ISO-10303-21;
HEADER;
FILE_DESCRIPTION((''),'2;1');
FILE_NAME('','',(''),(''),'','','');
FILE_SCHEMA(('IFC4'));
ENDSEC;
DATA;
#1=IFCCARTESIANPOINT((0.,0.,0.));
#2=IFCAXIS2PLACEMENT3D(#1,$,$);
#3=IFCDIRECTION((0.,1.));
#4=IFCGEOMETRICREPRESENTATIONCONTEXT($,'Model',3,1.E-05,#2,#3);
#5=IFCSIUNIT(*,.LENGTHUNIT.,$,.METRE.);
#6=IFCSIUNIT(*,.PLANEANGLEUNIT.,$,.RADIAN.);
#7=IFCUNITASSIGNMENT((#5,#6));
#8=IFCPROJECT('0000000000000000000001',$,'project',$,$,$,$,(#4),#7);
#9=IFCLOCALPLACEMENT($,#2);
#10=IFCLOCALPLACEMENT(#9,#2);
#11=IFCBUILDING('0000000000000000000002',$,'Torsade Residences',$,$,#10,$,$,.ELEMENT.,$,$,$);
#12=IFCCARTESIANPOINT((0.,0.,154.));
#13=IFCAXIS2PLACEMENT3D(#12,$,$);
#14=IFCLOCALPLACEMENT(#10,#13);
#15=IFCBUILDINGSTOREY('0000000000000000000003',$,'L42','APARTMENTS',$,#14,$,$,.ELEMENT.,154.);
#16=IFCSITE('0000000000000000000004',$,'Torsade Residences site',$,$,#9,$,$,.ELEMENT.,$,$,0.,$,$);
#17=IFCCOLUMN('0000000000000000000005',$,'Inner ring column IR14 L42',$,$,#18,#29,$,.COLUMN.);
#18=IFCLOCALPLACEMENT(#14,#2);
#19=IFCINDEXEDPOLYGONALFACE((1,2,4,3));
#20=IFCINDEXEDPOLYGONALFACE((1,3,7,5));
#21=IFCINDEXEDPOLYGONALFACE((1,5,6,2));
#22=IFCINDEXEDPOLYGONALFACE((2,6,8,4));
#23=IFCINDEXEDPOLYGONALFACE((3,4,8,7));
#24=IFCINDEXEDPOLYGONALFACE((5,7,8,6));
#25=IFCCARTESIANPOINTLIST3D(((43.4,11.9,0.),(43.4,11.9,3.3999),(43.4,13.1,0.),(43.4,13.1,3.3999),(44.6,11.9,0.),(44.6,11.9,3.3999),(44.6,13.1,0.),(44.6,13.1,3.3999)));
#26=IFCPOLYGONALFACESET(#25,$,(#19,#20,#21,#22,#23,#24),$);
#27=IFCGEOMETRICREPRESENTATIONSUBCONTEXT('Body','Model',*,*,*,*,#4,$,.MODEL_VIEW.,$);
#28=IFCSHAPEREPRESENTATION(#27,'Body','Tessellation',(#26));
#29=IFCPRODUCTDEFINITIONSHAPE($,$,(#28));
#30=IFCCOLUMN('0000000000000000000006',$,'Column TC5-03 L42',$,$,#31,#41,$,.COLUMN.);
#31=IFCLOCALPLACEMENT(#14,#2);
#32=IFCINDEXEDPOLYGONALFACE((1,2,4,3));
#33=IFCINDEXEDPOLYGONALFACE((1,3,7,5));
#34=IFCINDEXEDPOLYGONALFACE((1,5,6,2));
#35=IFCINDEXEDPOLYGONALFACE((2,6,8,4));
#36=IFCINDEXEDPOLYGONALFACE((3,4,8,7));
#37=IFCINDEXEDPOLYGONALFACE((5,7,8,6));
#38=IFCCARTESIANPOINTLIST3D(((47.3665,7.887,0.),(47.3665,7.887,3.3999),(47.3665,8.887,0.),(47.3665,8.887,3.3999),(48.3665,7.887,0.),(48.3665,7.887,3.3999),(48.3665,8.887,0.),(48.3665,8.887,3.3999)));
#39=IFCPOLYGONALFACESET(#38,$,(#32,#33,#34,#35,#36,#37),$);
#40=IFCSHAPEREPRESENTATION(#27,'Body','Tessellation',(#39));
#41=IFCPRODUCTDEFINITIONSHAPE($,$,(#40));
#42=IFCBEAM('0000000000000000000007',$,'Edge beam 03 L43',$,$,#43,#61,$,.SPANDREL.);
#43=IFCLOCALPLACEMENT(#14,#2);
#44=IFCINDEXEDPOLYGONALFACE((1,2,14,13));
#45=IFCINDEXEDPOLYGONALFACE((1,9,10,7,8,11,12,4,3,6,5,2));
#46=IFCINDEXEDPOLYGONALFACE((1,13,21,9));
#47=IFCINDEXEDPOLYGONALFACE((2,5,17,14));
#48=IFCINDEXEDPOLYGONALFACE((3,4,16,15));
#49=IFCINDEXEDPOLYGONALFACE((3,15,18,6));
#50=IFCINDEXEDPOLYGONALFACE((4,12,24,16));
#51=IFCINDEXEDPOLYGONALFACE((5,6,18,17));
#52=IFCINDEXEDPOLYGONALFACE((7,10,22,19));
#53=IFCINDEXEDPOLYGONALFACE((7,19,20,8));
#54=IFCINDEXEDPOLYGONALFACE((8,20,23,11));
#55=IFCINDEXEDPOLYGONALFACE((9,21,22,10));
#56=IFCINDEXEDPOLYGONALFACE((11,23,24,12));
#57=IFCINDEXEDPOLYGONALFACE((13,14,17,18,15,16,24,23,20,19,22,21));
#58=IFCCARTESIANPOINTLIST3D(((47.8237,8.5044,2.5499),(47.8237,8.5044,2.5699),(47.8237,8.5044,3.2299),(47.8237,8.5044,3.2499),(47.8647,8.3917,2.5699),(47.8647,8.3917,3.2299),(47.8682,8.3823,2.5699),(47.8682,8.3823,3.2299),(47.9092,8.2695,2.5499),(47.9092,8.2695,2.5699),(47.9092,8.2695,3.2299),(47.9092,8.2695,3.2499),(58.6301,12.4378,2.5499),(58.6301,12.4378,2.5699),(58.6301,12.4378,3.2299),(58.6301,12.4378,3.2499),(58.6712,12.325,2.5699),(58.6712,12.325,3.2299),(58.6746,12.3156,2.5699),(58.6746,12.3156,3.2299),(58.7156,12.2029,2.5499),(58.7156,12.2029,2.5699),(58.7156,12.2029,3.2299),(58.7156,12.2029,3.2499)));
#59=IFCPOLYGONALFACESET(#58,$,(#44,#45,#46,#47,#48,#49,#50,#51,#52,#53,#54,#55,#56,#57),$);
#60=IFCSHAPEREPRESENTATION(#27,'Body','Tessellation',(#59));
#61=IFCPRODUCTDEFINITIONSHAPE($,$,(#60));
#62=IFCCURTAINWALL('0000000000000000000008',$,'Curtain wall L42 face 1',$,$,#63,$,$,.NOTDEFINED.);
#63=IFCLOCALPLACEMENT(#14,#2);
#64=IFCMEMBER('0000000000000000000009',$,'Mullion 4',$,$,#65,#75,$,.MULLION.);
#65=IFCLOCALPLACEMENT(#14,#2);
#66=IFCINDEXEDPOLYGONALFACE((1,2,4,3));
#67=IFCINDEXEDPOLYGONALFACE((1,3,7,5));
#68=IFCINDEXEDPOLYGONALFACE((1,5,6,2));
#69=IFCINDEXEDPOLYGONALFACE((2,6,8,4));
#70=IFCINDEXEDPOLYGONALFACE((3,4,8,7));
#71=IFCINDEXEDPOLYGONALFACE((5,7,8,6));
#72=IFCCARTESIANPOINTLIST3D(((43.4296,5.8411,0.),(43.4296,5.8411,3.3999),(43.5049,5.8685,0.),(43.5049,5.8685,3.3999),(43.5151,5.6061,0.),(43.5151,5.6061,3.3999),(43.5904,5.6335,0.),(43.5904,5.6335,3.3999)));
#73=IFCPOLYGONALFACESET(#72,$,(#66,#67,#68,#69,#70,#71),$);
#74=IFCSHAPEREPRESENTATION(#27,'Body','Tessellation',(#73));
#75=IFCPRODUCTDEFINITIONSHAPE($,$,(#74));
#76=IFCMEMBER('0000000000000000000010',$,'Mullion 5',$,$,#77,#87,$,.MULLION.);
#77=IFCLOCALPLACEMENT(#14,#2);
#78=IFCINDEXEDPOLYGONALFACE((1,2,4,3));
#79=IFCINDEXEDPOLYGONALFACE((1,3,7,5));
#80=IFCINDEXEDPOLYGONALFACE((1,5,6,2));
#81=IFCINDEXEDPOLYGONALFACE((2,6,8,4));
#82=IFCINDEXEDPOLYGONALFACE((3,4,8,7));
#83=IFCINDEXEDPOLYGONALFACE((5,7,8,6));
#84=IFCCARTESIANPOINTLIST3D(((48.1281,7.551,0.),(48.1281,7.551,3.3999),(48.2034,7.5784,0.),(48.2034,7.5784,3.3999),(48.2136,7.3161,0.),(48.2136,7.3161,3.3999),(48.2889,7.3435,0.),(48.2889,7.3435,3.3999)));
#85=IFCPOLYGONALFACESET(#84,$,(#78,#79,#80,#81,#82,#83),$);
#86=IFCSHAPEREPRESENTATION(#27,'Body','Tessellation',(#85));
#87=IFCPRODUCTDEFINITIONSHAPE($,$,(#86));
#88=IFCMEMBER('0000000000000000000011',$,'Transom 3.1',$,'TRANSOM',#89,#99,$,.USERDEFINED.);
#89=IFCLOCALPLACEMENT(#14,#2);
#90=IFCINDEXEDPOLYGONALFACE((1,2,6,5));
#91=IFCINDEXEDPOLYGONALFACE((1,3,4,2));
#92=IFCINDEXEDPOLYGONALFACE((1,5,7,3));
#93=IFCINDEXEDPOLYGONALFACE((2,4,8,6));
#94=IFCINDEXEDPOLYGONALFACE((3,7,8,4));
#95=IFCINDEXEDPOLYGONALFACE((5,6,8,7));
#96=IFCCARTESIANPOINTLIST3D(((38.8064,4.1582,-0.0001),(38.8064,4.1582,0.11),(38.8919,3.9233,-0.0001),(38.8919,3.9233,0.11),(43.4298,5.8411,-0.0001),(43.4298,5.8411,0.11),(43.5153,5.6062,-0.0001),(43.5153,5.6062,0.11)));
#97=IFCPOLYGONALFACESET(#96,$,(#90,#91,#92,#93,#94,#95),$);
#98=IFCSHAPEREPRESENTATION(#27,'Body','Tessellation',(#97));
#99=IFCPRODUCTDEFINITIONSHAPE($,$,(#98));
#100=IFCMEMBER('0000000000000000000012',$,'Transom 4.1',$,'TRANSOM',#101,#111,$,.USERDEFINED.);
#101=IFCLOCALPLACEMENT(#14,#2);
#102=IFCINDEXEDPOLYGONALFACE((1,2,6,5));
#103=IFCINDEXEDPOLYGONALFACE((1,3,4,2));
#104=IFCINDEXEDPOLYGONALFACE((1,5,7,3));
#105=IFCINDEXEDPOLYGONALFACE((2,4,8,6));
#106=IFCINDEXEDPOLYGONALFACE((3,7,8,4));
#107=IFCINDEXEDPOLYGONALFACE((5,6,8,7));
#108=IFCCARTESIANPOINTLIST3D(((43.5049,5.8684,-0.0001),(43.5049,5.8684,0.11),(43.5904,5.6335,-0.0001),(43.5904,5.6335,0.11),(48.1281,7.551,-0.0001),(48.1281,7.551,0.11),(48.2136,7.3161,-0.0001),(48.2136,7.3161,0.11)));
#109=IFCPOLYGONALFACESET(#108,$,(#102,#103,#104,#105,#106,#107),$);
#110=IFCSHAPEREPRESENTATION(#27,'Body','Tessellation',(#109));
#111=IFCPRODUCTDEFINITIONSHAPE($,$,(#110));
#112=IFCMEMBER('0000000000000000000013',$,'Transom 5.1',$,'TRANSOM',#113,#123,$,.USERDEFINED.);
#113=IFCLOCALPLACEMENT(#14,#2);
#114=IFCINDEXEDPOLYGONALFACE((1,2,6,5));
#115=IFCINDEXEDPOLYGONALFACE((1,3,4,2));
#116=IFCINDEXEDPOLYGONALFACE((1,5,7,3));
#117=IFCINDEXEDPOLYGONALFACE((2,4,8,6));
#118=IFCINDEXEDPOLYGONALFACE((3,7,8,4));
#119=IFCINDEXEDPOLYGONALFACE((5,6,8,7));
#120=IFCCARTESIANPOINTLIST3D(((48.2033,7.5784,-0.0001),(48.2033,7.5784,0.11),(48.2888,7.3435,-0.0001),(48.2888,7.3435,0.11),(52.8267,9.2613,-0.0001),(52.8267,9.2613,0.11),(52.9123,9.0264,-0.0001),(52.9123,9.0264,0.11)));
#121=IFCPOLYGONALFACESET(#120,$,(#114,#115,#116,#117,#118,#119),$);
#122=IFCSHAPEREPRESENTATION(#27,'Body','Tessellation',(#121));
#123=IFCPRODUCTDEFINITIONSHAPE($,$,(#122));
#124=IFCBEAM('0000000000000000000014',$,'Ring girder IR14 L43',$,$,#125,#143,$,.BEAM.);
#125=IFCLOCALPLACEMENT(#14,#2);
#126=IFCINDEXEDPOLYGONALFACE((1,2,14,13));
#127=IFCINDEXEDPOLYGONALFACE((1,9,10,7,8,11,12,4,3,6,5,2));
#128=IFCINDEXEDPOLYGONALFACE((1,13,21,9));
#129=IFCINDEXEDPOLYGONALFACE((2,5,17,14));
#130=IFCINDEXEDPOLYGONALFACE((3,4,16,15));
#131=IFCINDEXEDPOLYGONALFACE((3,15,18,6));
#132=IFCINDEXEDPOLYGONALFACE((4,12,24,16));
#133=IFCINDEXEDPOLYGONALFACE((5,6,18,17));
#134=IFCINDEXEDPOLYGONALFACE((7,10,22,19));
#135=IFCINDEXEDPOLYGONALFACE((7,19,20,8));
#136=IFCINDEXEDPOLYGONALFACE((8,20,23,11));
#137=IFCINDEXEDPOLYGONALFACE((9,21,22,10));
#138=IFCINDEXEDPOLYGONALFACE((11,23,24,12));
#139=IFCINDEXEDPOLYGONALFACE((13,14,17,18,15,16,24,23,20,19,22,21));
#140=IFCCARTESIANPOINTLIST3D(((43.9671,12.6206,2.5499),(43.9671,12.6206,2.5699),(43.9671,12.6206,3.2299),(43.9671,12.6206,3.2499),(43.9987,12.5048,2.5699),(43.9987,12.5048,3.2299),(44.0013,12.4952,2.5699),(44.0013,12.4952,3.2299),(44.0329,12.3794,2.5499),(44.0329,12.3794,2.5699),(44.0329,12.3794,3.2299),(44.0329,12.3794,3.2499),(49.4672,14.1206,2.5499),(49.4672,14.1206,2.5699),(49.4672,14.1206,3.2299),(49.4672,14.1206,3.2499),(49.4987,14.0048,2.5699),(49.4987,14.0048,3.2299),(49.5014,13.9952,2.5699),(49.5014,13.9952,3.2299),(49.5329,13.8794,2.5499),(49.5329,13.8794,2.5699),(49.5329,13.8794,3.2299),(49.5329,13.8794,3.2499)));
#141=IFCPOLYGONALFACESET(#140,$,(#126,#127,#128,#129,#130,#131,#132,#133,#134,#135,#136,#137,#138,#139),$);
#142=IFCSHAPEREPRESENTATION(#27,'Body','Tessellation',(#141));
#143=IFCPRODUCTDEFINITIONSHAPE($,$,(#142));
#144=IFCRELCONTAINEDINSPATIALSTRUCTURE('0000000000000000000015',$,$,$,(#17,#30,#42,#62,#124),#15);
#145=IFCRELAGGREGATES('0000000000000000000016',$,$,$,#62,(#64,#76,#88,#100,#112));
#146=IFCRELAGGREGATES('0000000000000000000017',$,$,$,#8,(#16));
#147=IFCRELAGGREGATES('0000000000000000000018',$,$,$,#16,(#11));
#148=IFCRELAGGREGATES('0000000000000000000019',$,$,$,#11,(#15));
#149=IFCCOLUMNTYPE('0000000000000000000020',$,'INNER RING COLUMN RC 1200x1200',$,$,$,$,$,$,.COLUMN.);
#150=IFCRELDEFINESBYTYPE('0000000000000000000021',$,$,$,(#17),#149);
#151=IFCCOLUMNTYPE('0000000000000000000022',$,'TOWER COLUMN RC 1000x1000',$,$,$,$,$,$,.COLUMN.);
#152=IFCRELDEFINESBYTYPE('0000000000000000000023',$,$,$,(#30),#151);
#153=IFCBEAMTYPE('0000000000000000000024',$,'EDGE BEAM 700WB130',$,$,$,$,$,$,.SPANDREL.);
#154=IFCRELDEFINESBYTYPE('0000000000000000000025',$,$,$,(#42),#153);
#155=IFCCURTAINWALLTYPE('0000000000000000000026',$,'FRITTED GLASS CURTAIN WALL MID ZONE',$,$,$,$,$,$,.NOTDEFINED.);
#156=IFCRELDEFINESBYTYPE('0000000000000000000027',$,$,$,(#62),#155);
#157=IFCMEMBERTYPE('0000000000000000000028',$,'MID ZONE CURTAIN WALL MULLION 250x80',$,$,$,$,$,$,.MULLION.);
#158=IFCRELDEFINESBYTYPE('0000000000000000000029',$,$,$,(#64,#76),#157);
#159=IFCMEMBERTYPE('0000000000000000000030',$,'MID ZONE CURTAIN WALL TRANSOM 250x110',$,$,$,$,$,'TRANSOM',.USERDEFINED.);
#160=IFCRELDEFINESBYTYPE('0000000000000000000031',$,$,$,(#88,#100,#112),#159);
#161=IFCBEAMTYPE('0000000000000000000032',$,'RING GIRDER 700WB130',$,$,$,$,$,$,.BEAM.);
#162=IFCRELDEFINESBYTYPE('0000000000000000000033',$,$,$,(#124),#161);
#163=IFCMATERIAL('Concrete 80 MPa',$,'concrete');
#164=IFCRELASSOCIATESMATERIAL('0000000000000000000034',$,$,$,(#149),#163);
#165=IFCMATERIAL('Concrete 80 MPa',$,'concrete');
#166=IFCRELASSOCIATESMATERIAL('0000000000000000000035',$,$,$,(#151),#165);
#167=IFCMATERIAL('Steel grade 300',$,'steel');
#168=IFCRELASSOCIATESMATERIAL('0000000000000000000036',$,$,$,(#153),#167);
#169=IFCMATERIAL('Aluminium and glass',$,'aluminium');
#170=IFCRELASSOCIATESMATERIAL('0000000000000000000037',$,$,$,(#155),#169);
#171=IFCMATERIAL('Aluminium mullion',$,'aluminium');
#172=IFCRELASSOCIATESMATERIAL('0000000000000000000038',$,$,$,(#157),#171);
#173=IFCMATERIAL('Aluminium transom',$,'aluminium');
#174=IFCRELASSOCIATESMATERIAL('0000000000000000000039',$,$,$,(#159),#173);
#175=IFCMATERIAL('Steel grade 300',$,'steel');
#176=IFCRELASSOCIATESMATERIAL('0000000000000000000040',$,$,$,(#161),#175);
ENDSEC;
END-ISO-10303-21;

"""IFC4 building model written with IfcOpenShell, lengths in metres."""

from ifc_helpers import new_model, si_unit, direction, frame, origin, origin_2d, place, context, subcontext, project, spatial, rectangle, i_section, extrude, material, material_profile, profile_set, type_object, element, aggregate, save


model = new_model("IFC4")

# Units and contexts
model_context = context("Model", 3, precision=1e-05, world=origin(), true_north=direction((0.0, 1.0)))
body_context = subcontext(model_context, "Body", "Model", "MODEL_VIEW")
ifc_project = project(units=[si_unit("LENGTHUNIT", "METRE"), si_unit("PLANEANGLEUNIT", "RADIAN")], contexts=[model_context])

# Site, building, storey
site_placement = place(None, origin())
site = spatial("IfcSite", under=ifc_project, at=site_placement, Name="Torsade Residences site", CompositionType="ELEMENT", RefElevation=0.0)
building_placement = place(site_placement, origin())
building = spatial("IfcBuilding", under=site, at=building_placement, Name="Torsade Residences", CompositionType="ELEMENT")
storey_placement = place(building_placement, frame((0.0, 0.0, 154.0)))
storey = spatial("IfcBuildingStorey", under=building, at=storey_placement, Name="L42", Description="APARTMENTS", CompositionType="ELEMENT", Elevation=154.0)

# Columns
ifc_material_1 = material(Name="Concrete 80 MPa", Category="concrete")
ifc_material_profile_1 = material_profile(ifc_material_1, rectangle(XDim=1.2, YDim=1.2, at=origin_2d()), Name="RC 1200x1200")
ifc_profile_set_1 = profile_set([ifc_material_profile_1], Name="Concrete 80 MPa")
column_type_1 = type_object("IfcColumnType", Name="INNER RING COLUMN RC 1200x1200", PredefinedType="COLUMN", material=ifc_profile_set_1)
column_1_placement = place(storey_placement, frame((44.0, 12.5, 0.0), z_axis=(0.0, 0.0, 1.0), x_axis=(1.0, 0.0, 0.0)))
element("IfcColumn", 1, at=column_1_placement, inside=storey, type_object=column_type_1, Name="Inner ring column IR14 L42", PredefinedType="COLUMN", context=body_context, shape_type="SweptSolid", body=[
    extrude(rectangle(XDim=1.2, YDim=1.2, at=origin_2d()), origin(), (0.0, 0.0, 1.0), 3.3999),
])
ifc_material_2 = material(Name="Concrete 80 MPa", Category="concrete")
ifc_material_profile_2 = material_profile(ifc_material_2, rectangle(XDim=1.0, YDim=1.0, at=origin_2d()), Name="RC 1000x1000")
ifc_profile_set_2 = profile_set([ifc_material_profile_2], Name="Concrete 80 MPa")
column_type_2 = type_object("IfcColumnType", Name="TOWER COLUMN RC 1000x1000", PredefinedType="COLUMN", material=ifc_profile_set_2)
column_2_placement = place(storey_placement, frame((47.8665, 8.387, 0.0), z_axis=(0.0, 0.0, 1.0), x_axis=(1.0, 0.0, 0.0)))
element("IfcColumn", 2, at=column_2_placement, inside=storey, type_object=column_type_2, Name="Column TC5-03 L42", PredefinedType="COLUMN", context=body_context, shape_type="SweptSolid", body=[
    extrude(rectangle(XDim=1.0, YDim=1.0, at=origin_2d()), origin(), (0.0, 0.0, 1.0), 3.3999),
])

# Beam
ifc_material_3 = material(Name="Steel grade 300", Category="steel")
ifc_material_profile_3 = material_profile(ifc_material_3, i_section(OverallWidth=0.25, OverallDepth=0.7, WebThickness=0.01, FlangeThickness=0.02, at=origin_2d()), Name="700WB130")
ifc_profile_set_3 = profile_set([ifc_material_profile_3], Name="Steel grade 300")
beam_type_1 = type_object("IfcBeamType", Name="EDGE BEAM 700WB130", PredefinedType="SPANDREL", material=ifc_profile_set_3)
beam_1_placement = place(storey_placement, frame((47.8665, 8.387, 2.8999), z_axis=(0.939689, 0.342031, 0.0), x_axis=(-0.342031, 0.939689, 0.0)))
element("IfcBeam", 3, at=beam_1_placement, inside=storey, type_object=beam_type_1, Name="Edge beam 03 L43", PredefinedType="SPANDREL", context=body_context, shape_type="SweptSolid", body=[
    extrude(i_section(OverallWidth=0.25, OverallDepth=0.7, WebThickness=0.01, FlangeThickness=0.02, at=origin_2d()), origin(), (0.0, 0.0, 1.0), 11.5),
])

# Curtain wall, members
ifc_material_4 = material(Name="Aluminium and glass", Category="aluminium")
curtain_wall_type = type_object("IfcCurtainWallType", Name="FRITTED GLASS CURTAIN WALL MID ZONE", PredefinedType="NOTDEFINED", material=ifc_material_4)
curtain_wall_placement = place(storey_placement, origin())
curtain_wall = element("IfcCurtainWall", 4, at=curtain_wall_placement, inside=storey, type_object=curtain_wall_type, Name="Curtain wall L42 face 1", PredefinedType="NOTDEFINED")
ifc_material_5 = material(Name="Aluminium mullion", Category="aluminium")
ifc_material_profile_4 = material_profile(ifc_material_5, rectangle(XDim=0.25, YDim=0.0801, at=origin_2d()), Name="MID ZONE CURTAIN WALL MULLION 250x80")
ifc_profile_set_4 = profile_set([ifc_material_profile_4], Name="Aluminium mullion")
member_type_1 = type_object("IfcMemberType", Name="MID ZONE CURTAIN WALL MULLION 250x80", PredefinedType="MULLION", material=ifc_profile_set_4)
member_1_placement = place(storey_placement, frame((43.51, 5.7373, 0.0), z_axis=(0.0, 0.0, 1.0), x_axis=(-0.34202, 0.939693, 0.0)))
member_1 = element("IfcMember", 5, at=member_1_placement, type_object=member_type_1, Name="Mullion 4", PredefinedType="MULLION", context=body_context, shape_type="SweptSolid", body=[
    extrude(rectangle(XDim=0.25, YDim=0.0801, at=origin_2d()), origin(), (0.0, 0.0, 1.0), 3.3999),
])
member_2_placement = place(storey_placement, frame((48.2085, 7.4473, 0.0), z_axis=(0.0, 0.0, 1.0), x_axis=(-0.34202, 0.939693, 0.0)))
member_2 = element("IfcMember", 6, at=member_2_placement, type_object=member_type_1, Name="Mullion 5", PredefinedType="MULLION", context=body_context, shape_type="SweptSolid", body=[
    extrude(rectangle(XDim=0.25, YDim=0.0801, at=origin_2d()), origin(), (0.0, 0.0, 1.0), 3.3999),
])
ifc_material_6 = material(Name="Aluminium transom", Category="aluminium")
ifc_material_profile_5 = material_profile(ifc_material_6, rectangle(XDim=0.25, YDim=0.1101, at=origin_2d()), Name="MID ZONE CURTAIN WALL TRANSOM 250x110")
ifc_profile_set_5 = profile_set([ifc_material_profile_5], Name="Aluminium transom")
member_type_2 = type_object("IfcMemberType", Name="MID ZONE CURTAIN WALL TRANSOM 250x110", ElementType="TRANSOM", PredefinedType="USERDEFINED", material=ifc_profile_set_5)
member_3_placement = place(storey_placement, frame((38.8491, 4.0408, 0.0549), z_axis=(0.939685, 0.342042, 0.0), x_axis=(-0.342042, 0.939685, 0.0)))
member_3 = element("IfcMember", 7, at=member_3_placement, type_object=member_type_2, Name="Transom 3.1", ObjectType="TRANSOM", PredefinedType="USERDEFINED", context=body_context, shape_type="SweptSolid", body=[
    extrude(rectangle(XDim=0.25, YDim=0.1101, at=origin_2d()), origin(), (0.0, 0.0, 1.0), 4.9202),
])
member_4_placement = place(storey_placement, frame((43.5476, 5.751, 0.0549), z_axis=(0.939701, 0.341998, 0.0), x_axis=(-0.341998, 0.939701, 0.0)))
member_4 = element("IfcMember", 8, at=member_4_placement, type_object=member_type_2, Name="Transom 4.1", ObjectType="TRANSOM", PredefinedType="USERDEFINED", context=body_context, shape_type="SweptSolid", body=[
    extrude(rectangle(XDim=0.25, YDim=0.1101, at=origin_2d()), origin(), (0.0, 0.0, 1.0), 4.9199),
])
member_5_placement = place(storey_placement, frame((48.2461, 7.4609, 0.0549), z_axis=(0.939685, 0.342042, 0.0), x_axis=(-0.342042, 0.939685, 0.0)))
member_5 = element("IfcMember", 9, at=member_5_placement, type_object=member_type_2, Name="Transom 5.1", ObjectType="TRANSOM", PredefinedType="USERDEFINED", context=body_context, shape_type="SweptSolid", body=[
    extrude(rectangle(XDim=0.25, YDim=0.1101, at=origin_2d()), origin(), (0.0, 0.0, 1.0), 4.9202),
])

# Beam
ifc_material_7 = material(Name="Steel grade 300", Category="steel")
ifc_material_profile_6 = material_profile(ifc_material_7, i_section(OverallWidth=0.25, OverallDepth=0.7, WebThickness=0.01, FlangeThickness=0.02, at=origin_2d()), Name="700WB130")
ifc_profile_set_6 = profile_set([ifc_material_profile_6], Name="Steel grade 300")
beam_type_2 = type_object("IfcBeamType", Name="RING GIRDER 700WB130", PredefinedType="BEAM", material=ifc_profile_set_6)
beam_2_placement = place(storey_placement, frame((44.0, 12.5, 2.8999), z_axis=(0.964764, 0.263117, 0.0), x_axis=(-0.263117, 0.964764, 0.0)))
element("IfcBeam", 10, at=beam_2_placement, inside=storey, type_object=beam_type_2, Name="Ring girder IR14 L43", PredefinedType="BEAM", context=body_context, shape_type="SweptSolid", body=[
    extrude(i_section(OverallWidth=0.25, OverallDepth=0.7, WebThickness=0.01, FlangeThickness=0.02, at=origin_2d()), origin(), (0.0, 0.0, 1.0), 5.7009),
])

aggregate(curtain_wall, [member_1, member_2, member_3, member_4, member_5])

save(model, "model.ifc")
